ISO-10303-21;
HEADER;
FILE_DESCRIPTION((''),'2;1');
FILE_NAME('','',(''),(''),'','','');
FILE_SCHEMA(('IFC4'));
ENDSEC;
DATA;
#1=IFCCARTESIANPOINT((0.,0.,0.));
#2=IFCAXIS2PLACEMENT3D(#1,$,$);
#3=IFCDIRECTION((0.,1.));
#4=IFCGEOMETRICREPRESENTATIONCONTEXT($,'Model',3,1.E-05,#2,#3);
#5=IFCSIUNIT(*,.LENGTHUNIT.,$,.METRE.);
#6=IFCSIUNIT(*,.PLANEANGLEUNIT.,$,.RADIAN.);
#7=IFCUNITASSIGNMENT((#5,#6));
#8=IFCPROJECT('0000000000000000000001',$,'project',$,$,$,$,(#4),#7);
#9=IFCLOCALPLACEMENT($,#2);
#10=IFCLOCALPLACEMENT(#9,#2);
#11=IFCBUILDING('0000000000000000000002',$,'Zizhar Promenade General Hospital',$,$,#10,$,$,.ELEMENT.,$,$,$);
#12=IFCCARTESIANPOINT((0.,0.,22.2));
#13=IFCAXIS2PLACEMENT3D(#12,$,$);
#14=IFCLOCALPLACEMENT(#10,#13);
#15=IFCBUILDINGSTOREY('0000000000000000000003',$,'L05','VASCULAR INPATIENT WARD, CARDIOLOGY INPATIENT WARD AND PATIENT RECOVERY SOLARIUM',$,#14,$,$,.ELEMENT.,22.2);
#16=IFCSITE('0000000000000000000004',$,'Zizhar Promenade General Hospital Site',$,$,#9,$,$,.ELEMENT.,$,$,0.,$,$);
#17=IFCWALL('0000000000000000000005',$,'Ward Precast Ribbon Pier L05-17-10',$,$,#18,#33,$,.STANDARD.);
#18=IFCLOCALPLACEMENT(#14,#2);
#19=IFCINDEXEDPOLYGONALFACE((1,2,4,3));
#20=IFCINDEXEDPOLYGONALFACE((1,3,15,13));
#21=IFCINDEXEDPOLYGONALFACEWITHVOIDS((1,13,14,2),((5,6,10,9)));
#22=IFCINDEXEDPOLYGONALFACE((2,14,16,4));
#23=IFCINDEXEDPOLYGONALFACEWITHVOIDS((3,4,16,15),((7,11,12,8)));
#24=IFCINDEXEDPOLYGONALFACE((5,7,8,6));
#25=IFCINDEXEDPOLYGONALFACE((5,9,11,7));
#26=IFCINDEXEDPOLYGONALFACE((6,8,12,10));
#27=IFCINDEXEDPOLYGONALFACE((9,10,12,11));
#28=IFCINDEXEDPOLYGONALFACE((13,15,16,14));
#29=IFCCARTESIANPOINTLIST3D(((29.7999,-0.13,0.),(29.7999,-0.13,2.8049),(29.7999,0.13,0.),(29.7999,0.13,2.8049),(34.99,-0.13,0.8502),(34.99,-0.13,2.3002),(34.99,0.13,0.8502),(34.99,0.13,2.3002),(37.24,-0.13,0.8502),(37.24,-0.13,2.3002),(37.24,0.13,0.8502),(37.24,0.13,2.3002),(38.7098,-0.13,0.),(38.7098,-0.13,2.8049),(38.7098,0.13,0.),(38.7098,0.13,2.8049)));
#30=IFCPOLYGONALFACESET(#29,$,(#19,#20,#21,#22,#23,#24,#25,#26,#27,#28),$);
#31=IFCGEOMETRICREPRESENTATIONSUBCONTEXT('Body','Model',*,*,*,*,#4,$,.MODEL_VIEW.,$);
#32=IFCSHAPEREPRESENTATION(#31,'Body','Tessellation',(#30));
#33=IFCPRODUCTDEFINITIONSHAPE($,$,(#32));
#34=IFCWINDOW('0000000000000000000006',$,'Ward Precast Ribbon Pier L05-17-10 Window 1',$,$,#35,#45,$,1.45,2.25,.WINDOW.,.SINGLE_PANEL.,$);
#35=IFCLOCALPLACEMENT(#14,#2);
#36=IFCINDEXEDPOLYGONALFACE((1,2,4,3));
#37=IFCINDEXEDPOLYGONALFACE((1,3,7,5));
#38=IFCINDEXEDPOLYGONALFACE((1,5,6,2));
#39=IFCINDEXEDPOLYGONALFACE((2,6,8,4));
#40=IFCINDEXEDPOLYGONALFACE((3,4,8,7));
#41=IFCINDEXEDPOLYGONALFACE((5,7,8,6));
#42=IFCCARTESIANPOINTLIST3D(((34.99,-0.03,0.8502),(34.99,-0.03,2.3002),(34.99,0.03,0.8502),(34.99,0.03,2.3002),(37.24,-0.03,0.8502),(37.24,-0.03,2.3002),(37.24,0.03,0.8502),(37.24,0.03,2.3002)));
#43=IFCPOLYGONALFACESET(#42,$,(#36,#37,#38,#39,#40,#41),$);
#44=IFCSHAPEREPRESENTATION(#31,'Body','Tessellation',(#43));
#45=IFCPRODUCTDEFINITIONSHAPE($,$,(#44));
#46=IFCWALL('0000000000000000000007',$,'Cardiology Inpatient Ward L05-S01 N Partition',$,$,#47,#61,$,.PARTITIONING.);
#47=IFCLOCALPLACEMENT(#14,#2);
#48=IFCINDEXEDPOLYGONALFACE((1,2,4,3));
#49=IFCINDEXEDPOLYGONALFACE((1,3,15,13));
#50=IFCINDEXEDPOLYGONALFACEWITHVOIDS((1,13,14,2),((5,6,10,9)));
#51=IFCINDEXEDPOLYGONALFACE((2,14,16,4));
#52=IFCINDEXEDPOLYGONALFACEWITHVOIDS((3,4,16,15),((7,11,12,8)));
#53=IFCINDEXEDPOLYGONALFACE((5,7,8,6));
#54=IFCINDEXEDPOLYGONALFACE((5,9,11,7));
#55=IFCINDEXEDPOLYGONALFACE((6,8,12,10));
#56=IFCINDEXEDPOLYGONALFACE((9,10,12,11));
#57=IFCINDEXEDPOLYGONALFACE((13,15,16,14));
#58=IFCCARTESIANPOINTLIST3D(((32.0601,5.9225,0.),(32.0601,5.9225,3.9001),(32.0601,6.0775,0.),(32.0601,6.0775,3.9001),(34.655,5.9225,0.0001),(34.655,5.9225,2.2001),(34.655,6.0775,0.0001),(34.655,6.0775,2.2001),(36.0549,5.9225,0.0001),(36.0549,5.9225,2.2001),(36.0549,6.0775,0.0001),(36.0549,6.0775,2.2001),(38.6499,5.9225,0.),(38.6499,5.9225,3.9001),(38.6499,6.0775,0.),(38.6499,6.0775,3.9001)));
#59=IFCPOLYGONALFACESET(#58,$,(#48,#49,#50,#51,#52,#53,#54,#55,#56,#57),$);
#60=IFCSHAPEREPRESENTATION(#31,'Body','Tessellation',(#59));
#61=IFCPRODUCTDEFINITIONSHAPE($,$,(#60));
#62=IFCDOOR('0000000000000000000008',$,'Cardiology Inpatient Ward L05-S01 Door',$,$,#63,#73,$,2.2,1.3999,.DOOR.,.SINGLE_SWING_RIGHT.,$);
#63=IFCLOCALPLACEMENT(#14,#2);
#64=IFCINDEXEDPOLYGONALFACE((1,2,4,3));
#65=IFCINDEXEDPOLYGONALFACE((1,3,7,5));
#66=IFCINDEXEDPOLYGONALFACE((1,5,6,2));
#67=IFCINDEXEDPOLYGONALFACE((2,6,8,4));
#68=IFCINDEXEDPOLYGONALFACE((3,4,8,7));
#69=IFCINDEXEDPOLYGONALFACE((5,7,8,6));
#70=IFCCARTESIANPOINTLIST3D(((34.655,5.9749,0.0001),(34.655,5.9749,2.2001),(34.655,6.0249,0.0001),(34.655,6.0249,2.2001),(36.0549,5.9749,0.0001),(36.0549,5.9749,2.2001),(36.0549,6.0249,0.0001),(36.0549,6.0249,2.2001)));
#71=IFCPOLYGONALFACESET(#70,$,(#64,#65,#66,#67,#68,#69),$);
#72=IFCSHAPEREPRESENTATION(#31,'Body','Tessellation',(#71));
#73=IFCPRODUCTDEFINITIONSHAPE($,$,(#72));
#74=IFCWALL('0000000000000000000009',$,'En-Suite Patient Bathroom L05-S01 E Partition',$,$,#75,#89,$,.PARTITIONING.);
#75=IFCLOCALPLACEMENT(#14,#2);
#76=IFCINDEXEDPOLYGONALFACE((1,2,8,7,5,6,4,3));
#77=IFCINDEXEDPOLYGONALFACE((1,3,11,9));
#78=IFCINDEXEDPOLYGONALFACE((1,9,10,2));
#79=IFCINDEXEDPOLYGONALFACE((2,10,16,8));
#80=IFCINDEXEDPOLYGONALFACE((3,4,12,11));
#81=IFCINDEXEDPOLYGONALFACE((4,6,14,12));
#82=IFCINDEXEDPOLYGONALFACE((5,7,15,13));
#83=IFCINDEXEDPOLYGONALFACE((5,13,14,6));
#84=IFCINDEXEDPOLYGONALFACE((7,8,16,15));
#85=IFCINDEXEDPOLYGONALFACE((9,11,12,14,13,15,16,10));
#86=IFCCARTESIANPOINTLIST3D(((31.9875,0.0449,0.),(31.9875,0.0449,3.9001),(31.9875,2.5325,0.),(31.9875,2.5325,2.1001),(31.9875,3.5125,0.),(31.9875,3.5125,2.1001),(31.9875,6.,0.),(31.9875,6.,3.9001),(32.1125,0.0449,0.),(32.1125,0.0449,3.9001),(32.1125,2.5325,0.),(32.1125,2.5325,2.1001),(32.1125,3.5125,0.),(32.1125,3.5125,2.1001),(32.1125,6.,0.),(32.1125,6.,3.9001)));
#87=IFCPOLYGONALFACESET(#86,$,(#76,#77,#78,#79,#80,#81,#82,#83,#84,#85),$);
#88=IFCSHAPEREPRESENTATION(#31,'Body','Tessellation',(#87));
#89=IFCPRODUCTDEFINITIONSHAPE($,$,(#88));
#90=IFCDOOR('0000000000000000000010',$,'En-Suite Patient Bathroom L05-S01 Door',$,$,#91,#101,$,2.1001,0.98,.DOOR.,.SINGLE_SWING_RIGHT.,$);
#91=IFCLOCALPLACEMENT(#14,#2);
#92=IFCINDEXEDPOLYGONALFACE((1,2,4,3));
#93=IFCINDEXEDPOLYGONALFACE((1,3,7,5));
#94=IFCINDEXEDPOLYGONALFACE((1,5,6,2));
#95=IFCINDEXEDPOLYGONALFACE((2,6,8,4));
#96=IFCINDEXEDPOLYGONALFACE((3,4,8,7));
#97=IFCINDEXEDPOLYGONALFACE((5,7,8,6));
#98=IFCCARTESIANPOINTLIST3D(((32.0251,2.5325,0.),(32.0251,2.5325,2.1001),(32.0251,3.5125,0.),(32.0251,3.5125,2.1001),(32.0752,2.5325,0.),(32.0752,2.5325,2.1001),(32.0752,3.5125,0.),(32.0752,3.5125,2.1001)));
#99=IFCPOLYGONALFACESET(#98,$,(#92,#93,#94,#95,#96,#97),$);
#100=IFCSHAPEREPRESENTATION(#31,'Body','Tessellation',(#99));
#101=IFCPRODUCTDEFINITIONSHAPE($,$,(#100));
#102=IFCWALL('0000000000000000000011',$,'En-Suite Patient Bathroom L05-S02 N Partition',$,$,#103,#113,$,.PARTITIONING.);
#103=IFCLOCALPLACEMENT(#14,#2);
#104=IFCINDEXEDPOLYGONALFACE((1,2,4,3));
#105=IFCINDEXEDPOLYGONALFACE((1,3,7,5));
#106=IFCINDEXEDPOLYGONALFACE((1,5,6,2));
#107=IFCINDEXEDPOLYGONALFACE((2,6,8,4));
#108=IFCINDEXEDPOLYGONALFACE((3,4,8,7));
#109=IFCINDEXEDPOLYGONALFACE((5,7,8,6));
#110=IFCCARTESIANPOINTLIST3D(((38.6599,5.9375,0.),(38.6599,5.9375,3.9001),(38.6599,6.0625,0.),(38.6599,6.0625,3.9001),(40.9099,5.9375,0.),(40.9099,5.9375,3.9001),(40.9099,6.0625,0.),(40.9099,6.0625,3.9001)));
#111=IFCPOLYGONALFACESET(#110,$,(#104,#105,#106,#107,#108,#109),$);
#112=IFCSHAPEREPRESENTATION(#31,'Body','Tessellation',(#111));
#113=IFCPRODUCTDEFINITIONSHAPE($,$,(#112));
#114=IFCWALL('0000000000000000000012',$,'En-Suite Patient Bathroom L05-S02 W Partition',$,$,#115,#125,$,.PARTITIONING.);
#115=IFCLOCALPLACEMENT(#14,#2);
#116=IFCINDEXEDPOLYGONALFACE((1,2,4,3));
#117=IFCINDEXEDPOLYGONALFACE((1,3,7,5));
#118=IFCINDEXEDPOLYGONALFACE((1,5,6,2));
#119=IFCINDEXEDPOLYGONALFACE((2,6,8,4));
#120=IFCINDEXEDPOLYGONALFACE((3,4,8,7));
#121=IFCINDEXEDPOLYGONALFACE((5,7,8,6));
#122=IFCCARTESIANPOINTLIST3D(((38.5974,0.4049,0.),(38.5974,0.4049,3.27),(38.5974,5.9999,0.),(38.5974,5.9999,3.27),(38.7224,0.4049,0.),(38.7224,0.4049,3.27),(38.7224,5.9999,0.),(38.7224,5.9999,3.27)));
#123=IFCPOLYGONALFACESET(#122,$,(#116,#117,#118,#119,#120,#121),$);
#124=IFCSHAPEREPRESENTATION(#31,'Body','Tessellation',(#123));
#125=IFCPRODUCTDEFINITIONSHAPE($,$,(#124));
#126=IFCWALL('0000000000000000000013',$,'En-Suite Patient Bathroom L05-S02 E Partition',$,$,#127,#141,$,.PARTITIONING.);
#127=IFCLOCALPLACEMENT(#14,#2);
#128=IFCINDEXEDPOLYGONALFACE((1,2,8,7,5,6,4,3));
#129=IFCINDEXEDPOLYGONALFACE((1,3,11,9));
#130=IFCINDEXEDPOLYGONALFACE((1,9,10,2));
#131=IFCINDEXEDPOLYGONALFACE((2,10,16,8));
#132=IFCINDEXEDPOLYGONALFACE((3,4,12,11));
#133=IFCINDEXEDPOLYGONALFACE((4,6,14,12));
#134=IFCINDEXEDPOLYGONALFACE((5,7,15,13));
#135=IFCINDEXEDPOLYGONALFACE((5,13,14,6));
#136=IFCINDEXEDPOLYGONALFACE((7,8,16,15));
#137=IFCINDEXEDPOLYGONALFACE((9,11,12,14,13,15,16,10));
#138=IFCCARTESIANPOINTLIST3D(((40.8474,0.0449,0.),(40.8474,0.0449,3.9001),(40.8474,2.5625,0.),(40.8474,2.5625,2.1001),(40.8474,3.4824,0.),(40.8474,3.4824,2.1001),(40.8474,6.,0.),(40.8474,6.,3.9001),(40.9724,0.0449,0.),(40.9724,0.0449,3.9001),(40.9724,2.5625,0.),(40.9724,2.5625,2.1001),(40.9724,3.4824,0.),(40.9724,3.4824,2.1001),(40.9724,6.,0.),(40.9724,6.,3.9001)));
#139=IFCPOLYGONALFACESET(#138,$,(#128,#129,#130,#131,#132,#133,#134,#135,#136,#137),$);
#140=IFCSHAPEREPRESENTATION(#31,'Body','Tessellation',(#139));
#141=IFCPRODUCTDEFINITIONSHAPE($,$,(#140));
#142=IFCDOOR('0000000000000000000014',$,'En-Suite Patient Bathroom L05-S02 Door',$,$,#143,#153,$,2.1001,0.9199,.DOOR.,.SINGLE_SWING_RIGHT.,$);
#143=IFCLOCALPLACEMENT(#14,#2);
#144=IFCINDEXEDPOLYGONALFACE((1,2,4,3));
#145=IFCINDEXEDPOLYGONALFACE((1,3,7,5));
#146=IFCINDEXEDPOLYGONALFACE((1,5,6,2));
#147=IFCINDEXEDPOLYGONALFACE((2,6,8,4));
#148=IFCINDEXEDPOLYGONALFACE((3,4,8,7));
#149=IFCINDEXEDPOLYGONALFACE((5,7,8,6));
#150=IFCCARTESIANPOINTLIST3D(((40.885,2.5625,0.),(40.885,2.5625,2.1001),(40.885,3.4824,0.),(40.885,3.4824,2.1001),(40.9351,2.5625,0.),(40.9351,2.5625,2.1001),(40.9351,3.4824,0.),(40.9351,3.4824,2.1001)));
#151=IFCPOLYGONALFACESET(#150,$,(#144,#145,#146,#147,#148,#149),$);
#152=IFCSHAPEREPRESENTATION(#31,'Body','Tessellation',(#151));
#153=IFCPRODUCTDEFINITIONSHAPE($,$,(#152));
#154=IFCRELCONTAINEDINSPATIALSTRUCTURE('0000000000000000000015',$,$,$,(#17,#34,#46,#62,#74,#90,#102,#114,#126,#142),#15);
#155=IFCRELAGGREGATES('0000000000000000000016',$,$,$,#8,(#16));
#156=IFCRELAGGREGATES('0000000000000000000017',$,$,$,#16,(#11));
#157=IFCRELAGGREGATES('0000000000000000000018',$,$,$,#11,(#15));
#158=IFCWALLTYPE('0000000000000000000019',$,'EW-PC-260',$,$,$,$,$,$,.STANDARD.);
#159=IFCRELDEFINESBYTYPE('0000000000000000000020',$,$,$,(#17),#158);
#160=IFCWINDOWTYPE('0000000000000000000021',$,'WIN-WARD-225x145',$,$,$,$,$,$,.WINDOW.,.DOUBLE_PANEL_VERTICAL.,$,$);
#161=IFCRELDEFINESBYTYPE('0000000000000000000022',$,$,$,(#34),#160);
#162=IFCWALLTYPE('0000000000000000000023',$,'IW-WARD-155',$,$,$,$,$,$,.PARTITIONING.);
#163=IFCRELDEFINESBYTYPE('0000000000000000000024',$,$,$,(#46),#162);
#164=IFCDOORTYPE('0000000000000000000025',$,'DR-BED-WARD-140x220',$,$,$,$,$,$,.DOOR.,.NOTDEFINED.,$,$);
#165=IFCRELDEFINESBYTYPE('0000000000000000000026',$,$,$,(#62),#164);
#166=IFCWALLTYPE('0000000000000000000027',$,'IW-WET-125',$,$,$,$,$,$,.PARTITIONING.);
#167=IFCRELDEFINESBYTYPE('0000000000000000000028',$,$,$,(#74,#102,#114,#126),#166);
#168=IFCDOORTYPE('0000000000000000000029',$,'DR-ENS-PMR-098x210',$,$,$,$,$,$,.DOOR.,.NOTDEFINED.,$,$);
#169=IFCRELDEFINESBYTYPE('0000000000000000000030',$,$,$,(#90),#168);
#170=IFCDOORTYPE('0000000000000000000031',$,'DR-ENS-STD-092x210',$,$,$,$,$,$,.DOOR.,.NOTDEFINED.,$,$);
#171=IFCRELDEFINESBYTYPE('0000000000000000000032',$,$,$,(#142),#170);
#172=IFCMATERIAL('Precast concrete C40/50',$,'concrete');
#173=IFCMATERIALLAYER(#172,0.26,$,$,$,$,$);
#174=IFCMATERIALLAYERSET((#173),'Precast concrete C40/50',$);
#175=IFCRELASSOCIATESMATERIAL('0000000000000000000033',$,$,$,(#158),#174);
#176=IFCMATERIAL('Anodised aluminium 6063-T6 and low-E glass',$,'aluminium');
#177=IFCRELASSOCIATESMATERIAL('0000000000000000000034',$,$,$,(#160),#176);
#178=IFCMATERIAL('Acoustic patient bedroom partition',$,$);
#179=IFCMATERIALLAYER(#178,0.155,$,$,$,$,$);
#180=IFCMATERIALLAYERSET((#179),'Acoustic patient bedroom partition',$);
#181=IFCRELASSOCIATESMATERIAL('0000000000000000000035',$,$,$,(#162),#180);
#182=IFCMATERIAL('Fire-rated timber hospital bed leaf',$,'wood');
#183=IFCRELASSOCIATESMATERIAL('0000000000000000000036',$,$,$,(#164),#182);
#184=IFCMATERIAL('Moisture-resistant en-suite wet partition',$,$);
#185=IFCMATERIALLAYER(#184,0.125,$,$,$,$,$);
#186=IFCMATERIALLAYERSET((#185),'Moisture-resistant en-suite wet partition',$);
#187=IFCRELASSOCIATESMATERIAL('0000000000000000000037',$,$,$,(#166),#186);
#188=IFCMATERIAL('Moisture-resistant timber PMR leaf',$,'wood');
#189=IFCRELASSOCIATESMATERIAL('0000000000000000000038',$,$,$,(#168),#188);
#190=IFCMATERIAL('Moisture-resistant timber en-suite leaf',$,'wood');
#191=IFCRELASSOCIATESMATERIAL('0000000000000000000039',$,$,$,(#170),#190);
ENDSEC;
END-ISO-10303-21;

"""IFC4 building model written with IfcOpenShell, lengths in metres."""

from ifc_helpers import new_model, si_unit, direction, frame, frame_2d, origin, place, context, subcontext, project, spatial, rectangle, extrude, material, layer, layer_set, type_object, element, fill, save


model = new_model("IFC4")

# Units and contexts
model_context = context("Model", 3, precision=1e-05, world=origin(), true_north=direction((0.0, 1.0)))
body_context = subcontext(model_context, "Body", "Model", "MODEL_VIEW")
ifc_project = project(units=[si_unit("LENGTHUNIT", "METRE"), si_unit("PLANEANGLEUNIT", "RADIAN")], contexts=[model_context])

# Site, building, storey
site_placement = place(None, origin())
site = spatial("IfcSite", under=ifc_project, at=site_placement, Name="Zizhar Promenade General Hospital Site", CompositionType="ELEMENT", RefElevation=0.0)
building_placement = place(site_placement, origin())
building = spatial("IfcBuilding", under=site, at=building_placement, Name="Zizhar Promenade General Hospital", CompositionType="ELEMENT")
storey_placement = place(building_placement, frame((0.0, 0.0, 22.2)))
storey = spatial("IfcBuildingStorey", under=building, at=storey_placement, Name="L05", Description="VASCULAR INPATIENT WARD, CARDIOLOGY INPATIENT WARD AND PATIENT RECOVERY SOLARIUM", CompositionType="ELEMENT", Elevation=22.2)

# Wall, opening, window
ifc_material_1 = material(Name="Precast concrete C40/50", Category="concrete")
ifc_layer_1 = layer(ifc_material_1, 0.26)
ifc_layer_set_1 = layer_set([ifc_layer_1], Name="Precast concrete C40/50")
wall_type_1 = type_object("IfcWallType", Name="EW-PC-260", PredefinedType="STANDARD", material=ifc_layer_set_1)
wall_1_placement = place(storey_placement, frame((38.71, 0.0, 0.0), z_axis=(0.0, 0.0, 1.0), x_axis=(-1.0, 0.0, 0.0)))
wall_1 = element("IfcWall", 1, at=wall_1_placement, inside=storey, type_object=wall_type_1, Name="Ward Precast Ribbon Pier L05-17-10", PredefinedType="STANDARD", context=body_context, shape_type="SweptSolid", body=[
    extrude(rectangle(XDim=8.9099, YDim=0.26, at=frame_2d((4.4551, 0.0))), origin(), (0.0, 0.0, 1.0), 2.8049),
])
opening_1_placement = place(wall_1_placement, frame((1.47, 0.0, 0.8501)))
opening_1 = element("IfcOpeningElement", 2, at=opening_1_placement, cuts=wall_1, PredefinedType="OPENING", context=body_context, shape_type="SweptSolid", body=[
    extrude(rectangle(XDim=2.25, YDim=1.45, at=frame_2d((1.125, 0.7251))), frame((0.0, 0.1401, 0.0), z_axis=(0.0, -1.0, 0.0), x_axis=(1.0, 0.0, 0.0)), (0.0, 0.0, 1.0), 0.28),
])
ifc_material_2 = material(Name="Anodised aluminium 6063-T6 and low-E glass", Category="aluminium")
window_type = type_object("IfcWindowType", Name="WIN-WARD-225x145", PartitioningType="DOUBLE_PANEL_VERTICAL", PredefinedType="WINDOW", material=ifc_material_2)
window_placement = place(opening_1_placement, origin())
window = element("IfcWindow", 3, at=window_placement, inside=storey, type_object=window_type, Name="Ward Precast Ribbon Pier L05-17-10 Window 1", OverallHeight=1.45, OverallWidth=2.25, PartitioningType="SINGLE_PANEL", PredefinedType="WINDOW", context=body_context, shape_type="SweptSolid", body=[
    extrude(rectangle(XDim=2.25, YDim=1.45, at=frame_2d((1.125, 0.7251))), frame((0.0, 0.03, 0.0), z_axis=(0.0, -1.0, 0.0), x_axis=(1.0, 0.0, 0.0)), (0.0, 0.0, 1.0), 0.0601),
])
fill(opening_1, window)

# Walls, openings, doors
ifc_material_3 = material(Name="Acoustic patient bedroom partition")
ifc_layer_2 = layer(ifc_material_3, 0.155)
ifc_layer_set_2 = layer_set([ifc_layer_2], Name="Acoustic patient bedroom partition")
wall_type_2 = type_object("IfcWallType", Name="IW-WARD-155", PredefinedType="PARTITIONING", material=ifc_layer_set_2)
wall_2_placement = place(storey_placement, frame((32.0601, 6.0, 0.0), z_axis=(0.0, 0.0, 1.0), x_axis=(1.0, 0.0, 0.0)))
wall_2 = element("IfcWall", 4, at=wall_2_placement, inside=storey, type_object=wall_type_2, Name="Cardiology Inpatient Ward L05-S01 N Partition", PredefinedType="PARTITIONING", context=body_context, shape_type="SweptSolid", body=[
    extrude(rectangle(XDim=6.5898, YDim=0.155, at=frame_2d((3.2949, 0.0))), origin(), (0.0, 0.0, 1.0), 3.9001),
])
opening_2_placement = place(wall_2_placement, frame((2.595, 0.0, 0.0)))
opening_2 = element("IfcOpeningElement", 5, at=opening_2_placement, cuts=wall_2, PredefinedType="OPENING", context=body_context, shape_type="SweptSolid", body=[
    extrude(rectangle(XDim=1.3999, YDim=2.2, at=frame_2d((0.7, 1.1001))), frame((0.0, 0.0874, 0.0), z_axis=(0.0, -1.0, 0.0), x_axis=(1.0, 0.0, 0.0)), (0.0, 0.0, 1.0), 0.175),
])
ifc_material_4 = material(Name="Fire-rated timber hospital bed leaf", Category="wood")
door_type_1 = type_object("IfcDoorType", Name="DR-BED-WARD-140x220", OperationType="NOTDEFINED", PredefinedType="DOOR", material=ifc_material_4)
door_1_placement = place(opening_2_placement, origin())
door_1 = element("IfcDoor", 6, at=door_1_placement, inside=storey, type_object=door_type_1, Name="Cardiology Inpatient Ward L05-S01 Door", OperationType="SINGLE_SWING_RIGHT", OverallHeight=2.2, OverallWidth=1.3999, PredefinedType="DOOR", context=body_context, shape_type="SweptSolid", body=[
    extrude(rectangle(XDim=1.3999, YDim=2.2, at=frame_2d((0.7, 1.1001))), frame((0.0, 0.0249, 0.0), z_axis=(0.0, -1.0, 0.0), x_axis=(1.0, 0.0, 0.0)), (0.0, 0.0, 1.0), 0.05),
])
fill(opening_2, door_1)
ifc_material_5 = material(Name="Moisture-resistant en-suite wet partition")
ifc_layer_3 = layer(ifc_material_5, 0.125)
ifc_layer_set_3 = layer_set([ifc_layer_3], Name="Moisture-resistant en-suite wet partition")
wall_type_3 = type_object("IfcWallType", Name="IW-WET-125", PredefinedType="PARTITIONING", material=ifc_layer_set_3)
wall_3_placement = place(storey_placement, frame((32.05, 0.0449, 0.0), z_axis=(0.0, 0.0, 1.0), x_axis=(0.0, 1.0, 0.0)))
wall_3 = element("IfcWall", 7, at=wall_3_placement, inside=storey, type_object=wall_type_3, Name="En-Suite Patient Bathroom L05-S01 E Partition", PredefinedType="PARTITIONING", context=body_context, shape_type="SweptSolid", body=[
    extrude(rectangle(XDim=5.9551, YDim=0.125, at=frame_2d((2.9775, 0.0))), origin(), (0.0, 0.0, 1.0), 3.9001),
])
opening_3_placement = place(wall_3_placement, frame((2.4875, 0.0, 0.0)))
opening_3 = element("IfcOpeningElement", 8, at=opening_3_placement, cuts=wall_3, PredefinedType="OPENING", context=body_context, shape_type="SweptSolid", body=[
    extrude(rectangle(XDim=0.98, YDim=2.1001, at=frame_2d((0.49, 1.05))), frame((0.0, 0.0725, 0.0), z_axis=(0.0, -1.0, 0.0), x_axis=(1.0, 0.0, 0.0)), (0.0, 0.0, 1.0), 0.145),
])
ifc_material_6 = material(Name="Moisture-resistant timber PMR leaf", Category="wood")
door_type_2 = type_object("IfcDoorType", Name="DR-ENS-PMR-098x210", OperationType="NOTDEFINED", PredefinedType="DOOR", material=ifc_material_6)
door_2_placement = place(opening_3_placement, origin())
door_2 = element("IfcDoor", 9, at=door_2_placement, inside=storey, type_object=door_type_2, Name="En-Suite Patient Bathroom L05-S01 Door", OperationType="SINGLE_SWING_RIGHT", OverallHeight=2.1001, OverallWidth=0.98, PredefinedType="DOOR", context=body_context, shape_type="SweptSolid", body=[
    extrude(rectangle(XDim=0.98, YDim=2.1001, at=frame_2d((0.49, 1.05))), frame((0.0, 0.0249, 0.0), z_axis=(0.0, -1.0, 0.0), x_axis=(1.0, 0.0, 0.0)), (0.0, 0.0, 1.0), 0.05),
])
fill(opening_3, door_2)

# Walls
wall_4_placement = place(storey_placement, frame((38.6599, 6.0, 0.0), z_axis=(0.0, 0.0, 1.0), x_axis=(1.0, 0.0, 0.0)))
element("IfcWall", 10, at=wall_4_placement, inside=storey, type_object=wall_type_3, Name="En-Suite Patient Bathroom L05-S02 N Partition", PredefinedType="PARTITIONING", context=body_context, shape_type="SweptSolid", body=[
    extrude(rectangle(XDim=2.25, YDim=0.125, at=frame_2d((1.125, 0.0))), origin(), (0.0, 0.0, 1.0), 3.9001),
])
wall_5_placement = place(storey_placement, frame((38.6599, 0.405, 0.0), z_axis=(0.0, 0.0, 1.0), x_axis=(0.0, 1.0, 0.0)))
element("IfcWall", 11, at=wall_5_placement, inside=storey, type_object=wall_type_3, Name="En-Suite Patient Bathroom L05-S02 W Partition", PredefinedType="PARTITIONING", context=body_context, shape_type="SweptSolid", body=[
    extrude(rectangle(XDim=5.595, YDim=0.125, at=frame_2d((2.7974, 0.0))), origin(), (0.0, 0.0, 1.0), 3.27),
])

# Wall, opening, door
wall_6_placement = place(storey_placement, frame((40.9099, 0.0449, 0.0), z_axis=(0.0, 0.0, 1.0), x_axis=(0.0, 1.0, 0.0)))
wall_6 = element("IfcWall", 12, at=wall_6_placement, inside=storey, type_object=wall_type_3, Name="En-Suite Patient Bathroom L05-S02 E Partition", PredefinedType="PARTITIONING", context=body_context, shape_type="SweptSolid", body=[
    extrude(rectangle(XDim=5.9551, YDim=0.125, at=frame_2d((2.9775, 0.0))), origin(), (0.0, 0.0, 1.0), 3.9001),
])
opening_4_placement = place(wall_6_placement, frame((2.5176, 0.0, 0.0)))
opening_4 = element("IfcOpeningElement", 13, at=opening_4_placement, cuts=wall_6, PredefinedType="OPENING", context=body_context, shape_type="SweptSolid", body=[
    extrude(rectangle(XDim=0.9199, YDim=2.1001, at=frame_2d((0.46, 1.05))), frame((0.0, 0.0725, 0.0), z_axis=(0.0, -1.0, 0.0), x_axis=(1.0, 0.0, 0.0)), (0.0, 0.0, 1.0), 0.145),
])
ifc_material_7 = material(Name="Moisture-resistant timber en-suite leaf", Category="wood")
door_type_3 = type_object("IfcDoorType", Name="DR-ENS-STD-092x210", OperationType="NOTDEFINED", PredefinedType="DOOR", material=ifc_material_7)
door_3_placement = place(opening_4_placement, origin())
door_3 = element("IfcDoor", 14, at=door_3_placement, inside=storey, type_object=door_type_3, Name="En-Suite Patient Bathroom L05-S02 Door", OperationType="SINGLE_SWING_RIGHT", OverallHeight=2.1001, OverallWidth=0.9199, PredefinedType="DOOR", context=body_context, shape_type="SweptSolid", body=[
    extrude(rectangle(XDim=0.9199, YDim=2.1001, at=frame_2d((0.46, 1.05))), frame((0.0, 0.0249, 0.0), z_axis=(0.0, -1.0, 0.0), x_axis=(1.0, 0.0, 0.0)), (0.0, 0.0, 1.0), 0.05),
])
fill(opening_4, door_3)

save(model, "model.ifc")
